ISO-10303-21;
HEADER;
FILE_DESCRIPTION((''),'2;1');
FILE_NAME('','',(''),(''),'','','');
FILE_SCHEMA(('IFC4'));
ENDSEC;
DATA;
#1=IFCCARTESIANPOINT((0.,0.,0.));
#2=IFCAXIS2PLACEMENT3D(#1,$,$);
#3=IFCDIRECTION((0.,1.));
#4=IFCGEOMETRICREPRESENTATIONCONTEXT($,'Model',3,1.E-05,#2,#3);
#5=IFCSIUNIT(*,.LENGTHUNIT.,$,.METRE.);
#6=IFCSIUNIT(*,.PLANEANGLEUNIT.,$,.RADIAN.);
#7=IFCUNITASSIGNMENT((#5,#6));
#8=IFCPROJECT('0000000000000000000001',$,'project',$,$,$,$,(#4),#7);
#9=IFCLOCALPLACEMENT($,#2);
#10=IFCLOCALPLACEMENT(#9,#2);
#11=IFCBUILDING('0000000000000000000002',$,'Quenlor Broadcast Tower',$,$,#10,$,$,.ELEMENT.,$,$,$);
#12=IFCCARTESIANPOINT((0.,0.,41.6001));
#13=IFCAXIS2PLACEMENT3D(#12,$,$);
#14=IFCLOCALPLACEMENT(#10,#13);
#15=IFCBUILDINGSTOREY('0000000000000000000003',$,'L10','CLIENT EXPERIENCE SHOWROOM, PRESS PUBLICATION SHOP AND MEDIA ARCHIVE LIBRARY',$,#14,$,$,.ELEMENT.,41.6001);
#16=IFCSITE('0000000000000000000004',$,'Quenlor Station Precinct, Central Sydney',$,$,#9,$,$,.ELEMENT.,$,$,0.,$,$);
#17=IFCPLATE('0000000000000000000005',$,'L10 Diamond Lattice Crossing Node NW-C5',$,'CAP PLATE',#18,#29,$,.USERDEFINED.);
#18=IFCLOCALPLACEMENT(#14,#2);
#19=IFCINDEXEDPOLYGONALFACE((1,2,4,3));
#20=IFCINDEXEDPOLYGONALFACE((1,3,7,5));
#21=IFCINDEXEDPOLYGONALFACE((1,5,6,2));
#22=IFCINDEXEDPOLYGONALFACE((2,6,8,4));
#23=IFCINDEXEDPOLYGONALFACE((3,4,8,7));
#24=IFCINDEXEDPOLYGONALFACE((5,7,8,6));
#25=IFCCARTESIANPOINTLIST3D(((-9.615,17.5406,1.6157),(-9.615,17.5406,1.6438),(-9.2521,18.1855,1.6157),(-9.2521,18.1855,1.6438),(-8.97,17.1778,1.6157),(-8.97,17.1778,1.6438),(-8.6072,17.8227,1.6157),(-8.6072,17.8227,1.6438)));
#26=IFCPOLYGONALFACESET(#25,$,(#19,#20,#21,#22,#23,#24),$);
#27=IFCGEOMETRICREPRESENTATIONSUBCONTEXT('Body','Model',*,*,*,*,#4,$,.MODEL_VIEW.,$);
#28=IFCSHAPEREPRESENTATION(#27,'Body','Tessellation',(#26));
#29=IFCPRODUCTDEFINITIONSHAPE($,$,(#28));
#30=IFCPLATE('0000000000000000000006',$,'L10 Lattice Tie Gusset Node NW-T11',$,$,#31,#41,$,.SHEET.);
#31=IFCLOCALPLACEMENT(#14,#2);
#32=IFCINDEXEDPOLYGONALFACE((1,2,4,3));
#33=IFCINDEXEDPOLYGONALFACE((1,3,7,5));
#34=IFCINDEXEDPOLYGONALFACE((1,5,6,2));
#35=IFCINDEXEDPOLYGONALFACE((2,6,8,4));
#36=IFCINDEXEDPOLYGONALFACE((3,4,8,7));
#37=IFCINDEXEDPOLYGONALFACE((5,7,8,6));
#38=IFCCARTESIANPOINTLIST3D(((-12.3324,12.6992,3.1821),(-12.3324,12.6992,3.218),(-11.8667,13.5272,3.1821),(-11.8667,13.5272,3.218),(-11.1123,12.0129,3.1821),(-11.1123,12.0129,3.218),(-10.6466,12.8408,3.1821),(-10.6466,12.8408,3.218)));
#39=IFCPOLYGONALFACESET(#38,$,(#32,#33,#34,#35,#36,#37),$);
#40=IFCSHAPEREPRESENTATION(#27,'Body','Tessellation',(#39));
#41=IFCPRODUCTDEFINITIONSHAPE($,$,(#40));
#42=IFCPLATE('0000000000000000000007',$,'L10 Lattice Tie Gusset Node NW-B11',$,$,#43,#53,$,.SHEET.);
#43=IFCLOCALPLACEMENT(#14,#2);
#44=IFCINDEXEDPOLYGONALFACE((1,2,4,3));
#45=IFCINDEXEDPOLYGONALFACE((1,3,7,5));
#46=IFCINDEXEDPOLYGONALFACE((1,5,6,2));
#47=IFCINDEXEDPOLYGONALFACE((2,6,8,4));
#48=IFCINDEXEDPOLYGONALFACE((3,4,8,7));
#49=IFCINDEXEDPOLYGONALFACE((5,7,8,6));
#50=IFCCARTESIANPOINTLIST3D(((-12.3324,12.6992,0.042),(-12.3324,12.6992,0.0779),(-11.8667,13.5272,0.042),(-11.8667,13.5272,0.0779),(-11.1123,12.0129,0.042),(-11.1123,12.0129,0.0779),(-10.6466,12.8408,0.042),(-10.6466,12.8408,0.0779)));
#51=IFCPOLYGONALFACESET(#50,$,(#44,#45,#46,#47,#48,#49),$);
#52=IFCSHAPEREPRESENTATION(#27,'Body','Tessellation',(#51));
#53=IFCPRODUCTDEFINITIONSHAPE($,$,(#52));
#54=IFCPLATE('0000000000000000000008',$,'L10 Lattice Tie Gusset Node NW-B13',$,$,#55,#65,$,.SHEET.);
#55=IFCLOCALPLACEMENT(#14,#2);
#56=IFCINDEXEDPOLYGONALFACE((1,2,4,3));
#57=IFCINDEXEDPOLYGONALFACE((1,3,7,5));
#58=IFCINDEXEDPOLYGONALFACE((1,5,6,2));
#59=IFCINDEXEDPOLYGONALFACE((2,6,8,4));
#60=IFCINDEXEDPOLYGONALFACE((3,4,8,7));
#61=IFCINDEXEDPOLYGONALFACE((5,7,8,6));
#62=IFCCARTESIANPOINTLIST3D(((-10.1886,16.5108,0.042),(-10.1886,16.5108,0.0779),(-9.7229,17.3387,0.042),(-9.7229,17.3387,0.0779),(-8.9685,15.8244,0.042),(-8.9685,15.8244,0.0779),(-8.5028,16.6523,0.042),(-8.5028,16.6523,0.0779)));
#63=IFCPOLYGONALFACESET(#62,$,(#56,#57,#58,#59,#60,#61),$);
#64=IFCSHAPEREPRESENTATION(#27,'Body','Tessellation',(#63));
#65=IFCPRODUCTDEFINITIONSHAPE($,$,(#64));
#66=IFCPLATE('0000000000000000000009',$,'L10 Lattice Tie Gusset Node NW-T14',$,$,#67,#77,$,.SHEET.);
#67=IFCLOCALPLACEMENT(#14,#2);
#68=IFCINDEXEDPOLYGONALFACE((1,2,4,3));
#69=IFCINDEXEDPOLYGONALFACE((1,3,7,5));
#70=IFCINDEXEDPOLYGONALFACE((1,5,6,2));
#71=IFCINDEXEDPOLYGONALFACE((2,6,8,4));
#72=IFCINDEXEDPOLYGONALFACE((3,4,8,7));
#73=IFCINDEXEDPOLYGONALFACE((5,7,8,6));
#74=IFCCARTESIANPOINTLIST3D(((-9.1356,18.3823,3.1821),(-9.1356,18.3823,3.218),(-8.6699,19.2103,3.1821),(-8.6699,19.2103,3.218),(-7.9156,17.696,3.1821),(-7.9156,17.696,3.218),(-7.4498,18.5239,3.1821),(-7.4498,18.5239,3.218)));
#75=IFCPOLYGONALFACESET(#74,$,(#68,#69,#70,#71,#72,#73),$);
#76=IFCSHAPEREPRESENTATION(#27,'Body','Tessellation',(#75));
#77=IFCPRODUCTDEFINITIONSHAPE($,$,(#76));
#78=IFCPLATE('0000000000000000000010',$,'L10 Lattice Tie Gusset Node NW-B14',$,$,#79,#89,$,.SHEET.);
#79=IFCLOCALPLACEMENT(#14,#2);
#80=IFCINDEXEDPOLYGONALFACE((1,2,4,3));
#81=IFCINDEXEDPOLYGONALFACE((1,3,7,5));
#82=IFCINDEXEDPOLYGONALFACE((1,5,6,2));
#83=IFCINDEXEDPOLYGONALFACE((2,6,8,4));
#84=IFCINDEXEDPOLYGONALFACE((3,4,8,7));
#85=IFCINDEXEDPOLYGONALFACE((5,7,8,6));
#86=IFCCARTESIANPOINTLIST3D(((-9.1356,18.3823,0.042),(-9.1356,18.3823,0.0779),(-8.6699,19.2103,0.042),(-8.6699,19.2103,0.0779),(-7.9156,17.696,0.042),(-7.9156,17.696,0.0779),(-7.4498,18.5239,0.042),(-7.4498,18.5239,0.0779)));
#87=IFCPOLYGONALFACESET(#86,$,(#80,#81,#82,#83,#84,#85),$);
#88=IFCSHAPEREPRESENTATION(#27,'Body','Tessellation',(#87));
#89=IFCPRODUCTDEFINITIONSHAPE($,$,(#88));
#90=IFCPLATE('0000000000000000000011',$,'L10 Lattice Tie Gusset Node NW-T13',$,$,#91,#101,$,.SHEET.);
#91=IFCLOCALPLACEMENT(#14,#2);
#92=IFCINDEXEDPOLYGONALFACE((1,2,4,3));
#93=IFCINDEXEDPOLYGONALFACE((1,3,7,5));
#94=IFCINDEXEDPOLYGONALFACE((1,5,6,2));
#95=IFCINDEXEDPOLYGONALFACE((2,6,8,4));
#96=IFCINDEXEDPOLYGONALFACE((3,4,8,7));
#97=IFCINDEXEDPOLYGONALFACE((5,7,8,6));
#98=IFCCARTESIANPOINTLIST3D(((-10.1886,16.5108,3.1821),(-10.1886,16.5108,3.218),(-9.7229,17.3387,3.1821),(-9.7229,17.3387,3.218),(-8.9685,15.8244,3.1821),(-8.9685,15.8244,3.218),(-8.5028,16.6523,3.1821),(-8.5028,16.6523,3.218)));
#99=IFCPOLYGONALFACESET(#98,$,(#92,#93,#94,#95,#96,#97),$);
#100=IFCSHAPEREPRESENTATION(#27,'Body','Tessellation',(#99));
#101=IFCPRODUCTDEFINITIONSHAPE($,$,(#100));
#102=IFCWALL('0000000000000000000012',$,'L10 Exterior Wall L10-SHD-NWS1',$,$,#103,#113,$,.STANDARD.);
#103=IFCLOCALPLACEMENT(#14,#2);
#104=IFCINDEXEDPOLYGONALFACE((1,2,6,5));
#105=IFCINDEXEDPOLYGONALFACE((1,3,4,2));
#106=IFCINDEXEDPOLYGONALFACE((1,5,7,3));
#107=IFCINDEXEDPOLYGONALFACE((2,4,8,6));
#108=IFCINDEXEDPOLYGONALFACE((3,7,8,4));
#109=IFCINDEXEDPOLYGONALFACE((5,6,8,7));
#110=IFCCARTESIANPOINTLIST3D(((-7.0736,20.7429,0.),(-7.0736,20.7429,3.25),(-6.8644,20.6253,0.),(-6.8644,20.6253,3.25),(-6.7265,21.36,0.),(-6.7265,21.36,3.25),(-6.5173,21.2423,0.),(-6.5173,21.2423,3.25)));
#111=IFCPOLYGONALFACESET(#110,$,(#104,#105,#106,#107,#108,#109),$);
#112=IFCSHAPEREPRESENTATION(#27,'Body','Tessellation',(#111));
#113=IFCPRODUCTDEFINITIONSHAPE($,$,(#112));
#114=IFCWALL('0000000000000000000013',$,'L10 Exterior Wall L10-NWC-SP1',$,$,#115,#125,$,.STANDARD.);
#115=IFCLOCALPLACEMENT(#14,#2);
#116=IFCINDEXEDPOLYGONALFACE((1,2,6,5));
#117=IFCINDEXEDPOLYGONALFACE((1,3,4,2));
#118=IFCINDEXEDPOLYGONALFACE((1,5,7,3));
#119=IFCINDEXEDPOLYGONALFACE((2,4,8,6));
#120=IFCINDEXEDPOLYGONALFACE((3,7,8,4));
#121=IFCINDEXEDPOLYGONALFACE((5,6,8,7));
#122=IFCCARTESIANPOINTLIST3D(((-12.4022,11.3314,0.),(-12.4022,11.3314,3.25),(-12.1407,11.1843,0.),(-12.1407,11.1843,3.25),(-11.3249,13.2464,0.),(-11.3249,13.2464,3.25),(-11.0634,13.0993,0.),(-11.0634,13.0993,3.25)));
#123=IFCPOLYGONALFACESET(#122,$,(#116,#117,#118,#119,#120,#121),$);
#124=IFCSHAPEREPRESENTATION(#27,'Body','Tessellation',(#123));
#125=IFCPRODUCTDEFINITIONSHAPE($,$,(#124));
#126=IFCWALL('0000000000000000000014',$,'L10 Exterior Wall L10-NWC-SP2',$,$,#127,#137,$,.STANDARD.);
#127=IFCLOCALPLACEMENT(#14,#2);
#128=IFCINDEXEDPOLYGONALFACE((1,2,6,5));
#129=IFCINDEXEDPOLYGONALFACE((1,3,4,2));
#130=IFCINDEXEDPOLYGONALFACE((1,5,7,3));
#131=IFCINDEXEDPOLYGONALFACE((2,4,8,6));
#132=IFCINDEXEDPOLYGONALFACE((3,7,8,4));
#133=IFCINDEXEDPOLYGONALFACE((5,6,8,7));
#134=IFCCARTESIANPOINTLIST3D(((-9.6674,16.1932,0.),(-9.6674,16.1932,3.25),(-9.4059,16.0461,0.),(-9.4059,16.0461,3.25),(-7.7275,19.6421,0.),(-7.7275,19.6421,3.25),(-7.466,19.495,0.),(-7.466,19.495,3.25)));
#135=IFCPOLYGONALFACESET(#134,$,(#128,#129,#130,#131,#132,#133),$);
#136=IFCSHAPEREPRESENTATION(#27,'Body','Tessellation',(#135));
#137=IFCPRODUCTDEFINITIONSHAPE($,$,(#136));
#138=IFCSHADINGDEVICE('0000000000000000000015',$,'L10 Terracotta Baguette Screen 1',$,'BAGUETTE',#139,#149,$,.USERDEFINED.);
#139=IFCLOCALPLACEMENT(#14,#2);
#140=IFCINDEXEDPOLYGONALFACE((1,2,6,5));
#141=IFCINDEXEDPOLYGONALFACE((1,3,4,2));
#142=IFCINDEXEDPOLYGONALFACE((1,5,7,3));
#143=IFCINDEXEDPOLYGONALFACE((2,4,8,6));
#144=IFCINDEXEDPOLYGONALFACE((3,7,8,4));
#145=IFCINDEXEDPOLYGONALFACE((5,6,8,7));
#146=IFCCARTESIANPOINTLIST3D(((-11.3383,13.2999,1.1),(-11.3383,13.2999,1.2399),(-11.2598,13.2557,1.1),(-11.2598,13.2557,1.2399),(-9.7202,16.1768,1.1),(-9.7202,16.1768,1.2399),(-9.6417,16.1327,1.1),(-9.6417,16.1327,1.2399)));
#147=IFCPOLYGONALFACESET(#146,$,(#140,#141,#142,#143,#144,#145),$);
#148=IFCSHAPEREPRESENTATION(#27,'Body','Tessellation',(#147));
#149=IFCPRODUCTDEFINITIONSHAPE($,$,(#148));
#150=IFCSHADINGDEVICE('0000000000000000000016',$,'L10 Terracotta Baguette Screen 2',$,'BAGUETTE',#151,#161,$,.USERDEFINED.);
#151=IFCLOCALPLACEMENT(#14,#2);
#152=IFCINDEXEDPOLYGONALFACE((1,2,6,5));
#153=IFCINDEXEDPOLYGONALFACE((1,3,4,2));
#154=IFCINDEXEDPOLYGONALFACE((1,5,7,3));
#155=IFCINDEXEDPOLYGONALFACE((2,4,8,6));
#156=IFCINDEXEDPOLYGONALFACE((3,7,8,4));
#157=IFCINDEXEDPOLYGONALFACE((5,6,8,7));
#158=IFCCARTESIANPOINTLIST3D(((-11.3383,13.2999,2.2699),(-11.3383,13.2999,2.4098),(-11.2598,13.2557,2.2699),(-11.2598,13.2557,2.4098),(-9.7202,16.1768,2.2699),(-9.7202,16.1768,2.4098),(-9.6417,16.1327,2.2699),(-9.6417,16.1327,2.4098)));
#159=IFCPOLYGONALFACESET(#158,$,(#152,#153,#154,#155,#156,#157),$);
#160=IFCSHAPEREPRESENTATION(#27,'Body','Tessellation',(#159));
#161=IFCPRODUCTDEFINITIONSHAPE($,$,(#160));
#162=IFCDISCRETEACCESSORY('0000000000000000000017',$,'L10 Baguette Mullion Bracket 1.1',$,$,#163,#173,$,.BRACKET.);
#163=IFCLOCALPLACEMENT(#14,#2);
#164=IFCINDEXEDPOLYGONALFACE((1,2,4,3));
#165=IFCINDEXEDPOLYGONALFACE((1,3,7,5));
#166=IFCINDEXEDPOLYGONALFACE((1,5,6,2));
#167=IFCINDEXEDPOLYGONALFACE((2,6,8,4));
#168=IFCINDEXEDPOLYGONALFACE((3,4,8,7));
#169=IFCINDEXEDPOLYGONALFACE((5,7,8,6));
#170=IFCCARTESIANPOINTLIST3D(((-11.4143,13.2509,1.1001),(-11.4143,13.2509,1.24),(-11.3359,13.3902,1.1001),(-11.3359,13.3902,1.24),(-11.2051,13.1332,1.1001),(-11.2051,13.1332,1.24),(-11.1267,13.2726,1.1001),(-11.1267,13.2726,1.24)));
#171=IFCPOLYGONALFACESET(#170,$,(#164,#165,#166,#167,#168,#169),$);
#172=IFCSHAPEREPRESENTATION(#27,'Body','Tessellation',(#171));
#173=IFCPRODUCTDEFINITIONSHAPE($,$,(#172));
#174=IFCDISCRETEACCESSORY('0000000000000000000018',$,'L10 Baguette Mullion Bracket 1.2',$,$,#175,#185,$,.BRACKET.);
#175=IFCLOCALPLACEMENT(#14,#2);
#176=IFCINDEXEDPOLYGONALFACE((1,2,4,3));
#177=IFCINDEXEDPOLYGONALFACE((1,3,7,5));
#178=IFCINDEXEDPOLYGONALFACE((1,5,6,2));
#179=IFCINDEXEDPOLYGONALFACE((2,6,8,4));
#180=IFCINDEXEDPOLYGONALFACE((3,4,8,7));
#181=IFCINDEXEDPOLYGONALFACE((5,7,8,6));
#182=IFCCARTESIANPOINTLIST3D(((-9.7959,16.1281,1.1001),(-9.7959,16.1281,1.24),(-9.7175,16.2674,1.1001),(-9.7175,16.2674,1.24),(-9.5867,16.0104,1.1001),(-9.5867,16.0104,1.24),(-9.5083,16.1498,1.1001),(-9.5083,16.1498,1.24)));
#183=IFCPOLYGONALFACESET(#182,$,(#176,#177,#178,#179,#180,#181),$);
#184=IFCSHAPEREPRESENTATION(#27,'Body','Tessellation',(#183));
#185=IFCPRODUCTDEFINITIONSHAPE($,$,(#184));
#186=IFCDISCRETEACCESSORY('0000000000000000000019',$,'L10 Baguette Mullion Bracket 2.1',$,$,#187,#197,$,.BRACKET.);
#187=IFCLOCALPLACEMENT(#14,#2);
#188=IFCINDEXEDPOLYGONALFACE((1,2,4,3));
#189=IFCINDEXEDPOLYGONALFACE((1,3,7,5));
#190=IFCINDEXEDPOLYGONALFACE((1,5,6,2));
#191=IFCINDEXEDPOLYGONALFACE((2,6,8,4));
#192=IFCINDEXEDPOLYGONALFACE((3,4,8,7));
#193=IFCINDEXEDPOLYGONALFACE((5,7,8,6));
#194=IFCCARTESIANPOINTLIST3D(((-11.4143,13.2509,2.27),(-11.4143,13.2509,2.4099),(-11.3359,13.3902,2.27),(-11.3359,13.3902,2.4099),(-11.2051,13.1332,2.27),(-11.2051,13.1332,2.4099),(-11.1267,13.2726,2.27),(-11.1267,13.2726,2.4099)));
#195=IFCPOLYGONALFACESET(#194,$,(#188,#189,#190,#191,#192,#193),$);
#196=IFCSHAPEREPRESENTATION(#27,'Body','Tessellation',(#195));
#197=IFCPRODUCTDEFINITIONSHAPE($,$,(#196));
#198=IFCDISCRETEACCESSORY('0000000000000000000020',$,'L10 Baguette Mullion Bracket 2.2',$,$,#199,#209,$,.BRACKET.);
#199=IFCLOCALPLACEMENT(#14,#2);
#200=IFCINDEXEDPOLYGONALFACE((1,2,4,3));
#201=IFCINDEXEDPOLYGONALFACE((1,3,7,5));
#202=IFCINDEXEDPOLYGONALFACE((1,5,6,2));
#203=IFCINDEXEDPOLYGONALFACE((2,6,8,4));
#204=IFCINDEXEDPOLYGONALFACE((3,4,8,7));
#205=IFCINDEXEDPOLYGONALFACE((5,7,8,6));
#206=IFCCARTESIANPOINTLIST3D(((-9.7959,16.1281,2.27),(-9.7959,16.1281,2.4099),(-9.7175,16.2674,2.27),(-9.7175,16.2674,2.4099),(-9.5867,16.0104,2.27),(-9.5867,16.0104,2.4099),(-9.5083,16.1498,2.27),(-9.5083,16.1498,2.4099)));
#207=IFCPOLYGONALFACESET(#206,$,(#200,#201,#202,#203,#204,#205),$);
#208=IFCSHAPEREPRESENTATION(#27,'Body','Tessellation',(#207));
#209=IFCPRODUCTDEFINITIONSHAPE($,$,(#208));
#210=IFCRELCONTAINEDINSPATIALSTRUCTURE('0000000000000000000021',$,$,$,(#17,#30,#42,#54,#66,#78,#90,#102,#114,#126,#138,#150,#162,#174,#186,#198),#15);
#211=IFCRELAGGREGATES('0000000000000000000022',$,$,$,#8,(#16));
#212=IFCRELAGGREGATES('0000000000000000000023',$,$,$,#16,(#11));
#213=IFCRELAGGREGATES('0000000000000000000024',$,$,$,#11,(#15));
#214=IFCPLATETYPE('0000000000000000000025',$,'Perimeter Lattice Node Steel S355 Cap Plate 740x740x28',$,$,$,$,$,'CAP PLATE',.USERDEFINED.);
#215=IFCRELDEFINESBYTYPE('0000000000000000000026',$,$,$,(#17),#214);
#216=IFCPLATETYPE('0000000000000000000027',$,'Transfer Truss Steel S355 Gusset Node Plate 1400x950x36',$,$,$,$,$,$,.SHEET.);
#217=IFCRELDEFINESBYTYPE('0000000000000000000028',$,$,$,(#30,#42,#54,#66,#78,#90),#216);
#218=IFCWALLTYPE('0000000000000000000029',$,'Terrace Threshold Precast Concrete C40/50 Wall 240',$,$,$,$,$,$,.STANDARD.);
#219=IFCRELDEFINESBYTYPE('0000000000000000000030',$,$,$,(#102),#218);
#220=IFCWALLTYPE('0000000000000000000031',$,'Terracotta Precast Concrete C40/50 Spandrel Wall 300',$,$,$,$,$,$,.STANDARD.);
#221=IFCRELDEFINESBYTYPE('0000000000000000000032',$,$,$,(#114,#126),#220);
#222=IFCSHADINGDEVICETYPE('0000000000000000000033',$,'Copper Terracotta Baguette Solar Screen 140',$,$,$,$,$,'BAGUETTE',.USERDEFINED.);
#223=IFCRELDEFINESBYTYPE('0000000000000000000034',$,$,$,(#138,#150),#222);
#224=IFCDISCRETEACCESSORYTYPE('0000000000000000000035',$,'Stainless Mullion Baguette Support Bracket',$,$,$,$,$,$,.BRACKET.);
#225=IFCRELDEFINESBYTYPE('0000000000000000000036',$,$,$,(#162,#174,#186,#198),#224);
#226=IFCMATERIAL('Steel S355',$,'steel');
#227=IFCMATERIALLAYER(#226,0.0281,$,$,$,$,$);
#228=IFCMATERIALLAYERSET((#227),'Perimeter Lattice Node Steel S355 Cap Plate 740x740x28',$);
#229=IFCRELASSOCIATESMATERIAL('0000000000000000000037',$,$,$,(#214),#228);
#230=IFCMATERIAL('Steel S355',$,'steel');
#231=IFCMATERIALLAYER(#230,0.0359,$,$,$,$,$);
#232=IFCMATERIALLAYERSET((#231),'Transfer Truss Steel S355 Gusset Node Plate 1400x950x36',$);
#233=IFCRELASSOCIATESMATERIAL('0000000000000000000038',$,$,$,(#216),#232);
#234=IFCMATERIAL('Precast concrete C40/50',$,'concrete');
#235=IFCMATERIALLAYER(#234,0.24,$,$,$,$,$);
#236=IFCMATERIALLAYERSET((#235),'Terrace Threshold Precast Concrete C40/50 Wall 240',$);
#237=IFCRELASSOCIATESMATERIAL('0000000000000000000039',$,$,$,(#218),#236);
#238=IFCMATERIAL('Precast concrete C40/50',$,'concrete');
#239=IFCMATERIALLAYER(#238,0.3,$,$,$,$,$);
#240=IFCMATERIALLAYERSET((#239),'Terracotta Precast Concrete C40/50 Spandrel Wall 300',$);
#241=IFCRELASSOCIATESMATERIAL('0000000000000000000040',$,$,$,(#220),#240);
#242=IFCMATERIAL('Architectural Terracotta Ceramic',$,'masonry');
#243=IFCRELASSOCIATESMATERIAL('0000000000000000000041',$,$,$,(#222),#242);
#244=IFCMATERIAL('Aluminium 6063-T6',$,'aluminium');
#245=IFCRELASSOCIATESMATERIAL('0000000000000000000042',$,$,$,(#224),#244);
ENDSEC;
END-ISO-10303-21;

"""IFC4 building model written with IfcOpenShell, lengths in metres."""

from ifc_helpers import new_model, si_unit, direction, frame, frame_2d, origin, origin_2d, place, context, subcontext, project, spatial, rectangle, extrude, material, layer, layer_set, material_profile, profile_set, type_object, element, save


model = new_model("IFC4")

# Units and contexts
model_context = context("Model", 3, precision=1e-05, world=origin(), true_north=direction((0.0, 1.0)))
body_context = subcontext(model_context, "Body", "Model", "MODEL_VIEW")
ifc_project = project(units=[si_unit("LENGTHUNIT", "METRE"), si_unit("PLANEANGLEUNIT", "RADIAN")], contexts=[model_context])

# Site, building, storey
site_placement = place(None, origin())
site = spatial("IfcSite", under=ifc_project, at=site_placement, Name="Quenlor Station Precinct, Central Sydney", CompositionType="ELEMENT", RefElevation=0.0)
building_placement = place(site_placement, origin())
building = spatial("IfcBuilding", under=site, at=building_placement, Name="Quenlor Broadcast Tower", CompositionType="ELEMENT")
storey_placement = place(building_placement, frame((0.0, 0.0, 41.6001)))
storey = spatial("IfcBuildingStorey", under=building, at=storey_placement, Name="L10", Description="CLIENT EXPERIENCE SHOWROOM, PRESS PUBLICATION SHOP AND MEDIA ARCHIVE LIBRARY", CompositionType="ELEMENT", Elevation=41.6001)

# Plates
ifc_material_1 = material(Name="Steel S355", Category="steel")
ifc_layer_1 = layer(ifc_material_1, 0.0281)
ifc_layer_set_1 = layer_set([ifc_layer_1], Name="Perimeter Lattice Node Steel S355 Cap Plate 740x740x28")
plate_type_1 = type_object("IfcPlateType", Name="Perimeter Lattice Node Steel S355 Cap Plate 740x740x28", ElementType="CAP PLATE", PredefinedType="USERDEFINED", material=ifc_layer_set_1)
for number, where, z_axis, x_axis, name in (
    (1, (-9.1111, 17.6816, 1.6157), (0.0, 0.0, 1.0), (0.490295, 0.871556, 0.0), "L10 Diamond Lattice Crossing Node NW-C5"),
):
    element("IfcPlate", number, at=place(storey_placement, frame(where, z_axis=z_axis, x_axis=x_axis)), inside=storey, type_object=plate_type_1, Name=name, ObjectType="CAP PLATE", PredefinedType="USERDEFINED", context=body_context, shape_type="SweptSolid", body=[
        extrude(rectangle(XDim=0.74, YDim=0.74, at=origin_2d()), origin(), (0.0, 0.0, 1.0), 0.0281),
    ])
ifc_material_2 = material(Name="Steel S355", Category="steel")
ifc_layer_2 = layer(ifc_material_2, 0.0359)
ifc_layer_set_2 = layer_set([ifc_layer_2], Name="Transfer Truss Steel S355 Gusset Node Plate 1400x950x36")
plate_type_2 = type_object("IfcPlateType", Name="Transfer Truss Steel S355 Gusset Node Plate 1400x950x36", PredefinedType="SHEET", material=ifc_layer_set_2)
for number, where, z_axis, x_axis, name in (
    (2, (-11.4895, 12.77, 3.1821), (0.0, 0.0, 1.0), (-0.871556, 0.490295, 0.0), "L10 Lattice Tie Gusset Node NW-T11"),
    (3, (-11.4895, 12.77, 0.042), (0.0, 0.0, 1.0), (-0.871556, 0.490295, 0.0), "L10 Lattice Tie Gusset Node NW-B11"),
    (4, (-9.3457, 16.5815, 0.042), (0.0, 0.0, 1.0), (-0.871556, 0.490295, 0.0), "L10 Lattice Tie Gusset Node NW-B13"),
    (5, (-8.2927, 18.4531, 3.1821), (0.0, 0.0, 1.0), (-0.871556, 0.490295, 0.0), "L10 Lattice Tie Gusset Node NW-T14"),
    (6, (-8.2927, 18.4531, 0.042), (0.0, 0.0, 1.0), (-0.871556, 0.490295, 0.0), "L10 Lattice Tie Gusset Node NW-B14"),
    (7, (-9.3457, 16.5815, 3.1821), (0.0, 0.0, 1.0), (-0.871556, 0.490295, 0.0), "L10 Lattice Tie Gusset Node NW-T13"),
):
    element("IfcPlate", number, at=place(storey_placement, frame(where, z_axis=z_axis, x_axis=x_axis)), inside=storey, type_object=plate_type_2, Name=name, PredefinedType="SHEET", context=body_context, shape_type="SweptSolid", body=[
        extrude(rectangle(XDim=1.3999, YDim=0.95, at=origin_2d()), origin(), (0.0, 0.0, 1.0), 0.0359),
    ])

# Walls
ifc_material_3 = material(Name="Precast concrete C40/50", Category="concrete")
ifc_layer_3 = layer(ifc_material_3, 0.24)
ifc_layer_set_3 = layer_set([ifc_layer_3], Name="Terrace Threshold Precast Concrete C40/50 Wall 240")
wall_type_1 = type_object("IfcWallType", Name="Terrace Threshold Precast Concrete C40/50 Wall 240", PredefinedType="STANDARD", material=ifc_layer_set_3)
wall_1_placement = place(storey_placement, frame((-6.969, 20.6841, 0.0), z_axis=(0.0, 0.0, 1.0), x_axis=(0.490261, 0.871576, 0.0)))
element("IfcWall", 8, at=wall_1_placement, inside=storey, type_object=wall_type_1, Name="L10 Exterior Wall L10-SHD-NWS1", PredefinedType="STANDARD", context=body_context, shape_type="SweptSolid", body=[
    extrude(rectangle(XDim=0.708, YDim=0.24, at=frame_2d((0.354, 0.0))), origin(), (0.0, 0.0, 1.0), 3.25),
])
ifc_material_4 = material(Name="Precast concrete C40/50", Category="concrete")
ifc_layer_4 = layer(ifc_material_4, 0.3)
ifc_layer_set_4 = layer_set([ifc_layer_4], Name="Terracotta Precast Concrete C40/50 Spandrel Wall 300")
wall_type_2 = type_object("IfcWallType", Name="Terracotta Precast Concrete C40/50 Spandrel Wall 300", PredefinedType="STANDARD", material=ifc_layer_set_4)
wall_2_placement = place(storey_placement, frame((-12.2715, 11.2578, 0.0), z_axis=(0.0, 0.0, 1.0), x_axis=(0.490325, 0.87154, 0.0)))
element("IfcWall", 9, at=wall_2_placement, inside=storey, type_object=wall_type_2, Name="L10 Exterior Wall L10-NWC-SP1", PredefinedType="STANDARD", context=body_context, shape_type="SweptSolid", body=[
    extrude(rectangle(XDim=2.1973, YDim=0.3, at=frame_2d((1.0986, 0.0))), origin(), (0.0, 0.0, 1.0), 3.25),
])
wall_3_placement = place(storey_placement, frame((-9.5366, 16.1196, 0.0), z_axis=(0.0, 0.0, 1.0), x_axis=(0.490241, 0.871587, 0.0)))
element("IfcWall", 10, at=wall_3_placement, inside=storey, type_object=wall_type_2, Name="L10 Exterior Wall L10-NWC-SP2", PredefinedType="STANDARD", context=body_context, shape_type="SweptSolid", body=[
    extrude(rectangle(XDim=3.957, YDim=0.3, at=frame_2d((1.9785, 0.0))), origin(), (0.0, 0.0, 1.0), 3.25),
])

# Shading devices
ifc_material_5 = material(Name="Architectural Terracotta Ceramic", Category="masonry")
ifc_material_profile_1 = material_profile(ifc_material_5, rectangle(XDim=0.0901, YDim=0.1399, at=origin_2d()))
ifc_profile_set_1 = profile_set([ifc_material_profile_1], Name="Architectural Terracotta Ceramic BAG90x140")
shading_device_type = type_object("IfcShadingDeviceType", Name="Copper Terracotta Baguette Solar Screen 140", ElementType="BAGUETTE", PredefinedType="USERDEFINED", material=ifc_profile_set_1)
for number, where, z_axis, x_axis, name in (
    (11, (-11.2991, 13.2778, 1.1699), (0.490233, 0.871591, 0.0), (-0.871591, 0.490233, 0.0), "L10 Terracotta Baguette Screen 1"),
    (12, (-11.2991, 13.2778, 2.3398), (0.490233, 0.871591, 0.0), (-0.871591, 0.490233, 0.0), "L10 Terracotta Baguette Screen 2"),
):
    element("IfcShadingDevice", number, at=place(storey_placement, frame(where, z_axis=z_axis, x_axis=x_axis)), inside=storey, type_object=shading_device_type, Name=name, ObjectType="BAGUETTE", PredefinedType="USERDEFINED", context=body_context, shape_type="SweptSolid", body=[
        extrude(rectangle(XDim=0.0901, YDim=0.1399, at=origin_2d()), origin(), (0.0, 0.0, 1.0), 3.3008),
    ])

# Discrete accessories
ifc_material_6 = material(Name="Aluminium 6063-T6", Category="aluminium")
discrete_accessory_type = type_object("IfcDiscreteAccessoryType", Name="Stainless Mullion Baguette Support Bracket", PredefinedType="BRACKET", material=ifc_material_6)
for number, where, z_axis, x_axis, name in (
    (13, (-11.2705, 13.2617, 1.1001), (0.0, 0.0, 1.0), (0.490244, 0.871585, 0.0), "L10 Baguette Mullion Bracket 1.1"),
    (14, (-9.6521, 16.1389, 1.1001), (0.0, 0.0, 1.0), (0.490244, 0.871585, 0.0), "L10 Baguette Mullion Bracket 1.2"),
    (15, (-11.2705, 13.2617, 2.27), (0.0, 0.0, 1.0), (0.490244, 0.871585, 0.0), "L10 Baguette Mullion Bracket 2.1"),
    (16, (-9.6521, 16.1389, 2.27), (0.0, 0.0, 1.0), (0.490244, 0.871585, 0.0), "L10 Baguette Mullion Bracket 2.2"),
):
    element("IfcDiscreteAccessory", number, at=place(storey_placement, frame(where, z_axis=z_axis, x_axis=x_axis)), inside=storey, type_object=discrete_accessory_type, Name=name, PredefinedType="BRACKET", context=body_context, shape_type="SweptSolid", body=[
        extrude(rectangle(XDim=0.1599, YDim=0.24, at=origin_2d()), origin(), (0.0, 0.0, 1.0), 0.1399),
    ])

save(model, "model.ifc")
